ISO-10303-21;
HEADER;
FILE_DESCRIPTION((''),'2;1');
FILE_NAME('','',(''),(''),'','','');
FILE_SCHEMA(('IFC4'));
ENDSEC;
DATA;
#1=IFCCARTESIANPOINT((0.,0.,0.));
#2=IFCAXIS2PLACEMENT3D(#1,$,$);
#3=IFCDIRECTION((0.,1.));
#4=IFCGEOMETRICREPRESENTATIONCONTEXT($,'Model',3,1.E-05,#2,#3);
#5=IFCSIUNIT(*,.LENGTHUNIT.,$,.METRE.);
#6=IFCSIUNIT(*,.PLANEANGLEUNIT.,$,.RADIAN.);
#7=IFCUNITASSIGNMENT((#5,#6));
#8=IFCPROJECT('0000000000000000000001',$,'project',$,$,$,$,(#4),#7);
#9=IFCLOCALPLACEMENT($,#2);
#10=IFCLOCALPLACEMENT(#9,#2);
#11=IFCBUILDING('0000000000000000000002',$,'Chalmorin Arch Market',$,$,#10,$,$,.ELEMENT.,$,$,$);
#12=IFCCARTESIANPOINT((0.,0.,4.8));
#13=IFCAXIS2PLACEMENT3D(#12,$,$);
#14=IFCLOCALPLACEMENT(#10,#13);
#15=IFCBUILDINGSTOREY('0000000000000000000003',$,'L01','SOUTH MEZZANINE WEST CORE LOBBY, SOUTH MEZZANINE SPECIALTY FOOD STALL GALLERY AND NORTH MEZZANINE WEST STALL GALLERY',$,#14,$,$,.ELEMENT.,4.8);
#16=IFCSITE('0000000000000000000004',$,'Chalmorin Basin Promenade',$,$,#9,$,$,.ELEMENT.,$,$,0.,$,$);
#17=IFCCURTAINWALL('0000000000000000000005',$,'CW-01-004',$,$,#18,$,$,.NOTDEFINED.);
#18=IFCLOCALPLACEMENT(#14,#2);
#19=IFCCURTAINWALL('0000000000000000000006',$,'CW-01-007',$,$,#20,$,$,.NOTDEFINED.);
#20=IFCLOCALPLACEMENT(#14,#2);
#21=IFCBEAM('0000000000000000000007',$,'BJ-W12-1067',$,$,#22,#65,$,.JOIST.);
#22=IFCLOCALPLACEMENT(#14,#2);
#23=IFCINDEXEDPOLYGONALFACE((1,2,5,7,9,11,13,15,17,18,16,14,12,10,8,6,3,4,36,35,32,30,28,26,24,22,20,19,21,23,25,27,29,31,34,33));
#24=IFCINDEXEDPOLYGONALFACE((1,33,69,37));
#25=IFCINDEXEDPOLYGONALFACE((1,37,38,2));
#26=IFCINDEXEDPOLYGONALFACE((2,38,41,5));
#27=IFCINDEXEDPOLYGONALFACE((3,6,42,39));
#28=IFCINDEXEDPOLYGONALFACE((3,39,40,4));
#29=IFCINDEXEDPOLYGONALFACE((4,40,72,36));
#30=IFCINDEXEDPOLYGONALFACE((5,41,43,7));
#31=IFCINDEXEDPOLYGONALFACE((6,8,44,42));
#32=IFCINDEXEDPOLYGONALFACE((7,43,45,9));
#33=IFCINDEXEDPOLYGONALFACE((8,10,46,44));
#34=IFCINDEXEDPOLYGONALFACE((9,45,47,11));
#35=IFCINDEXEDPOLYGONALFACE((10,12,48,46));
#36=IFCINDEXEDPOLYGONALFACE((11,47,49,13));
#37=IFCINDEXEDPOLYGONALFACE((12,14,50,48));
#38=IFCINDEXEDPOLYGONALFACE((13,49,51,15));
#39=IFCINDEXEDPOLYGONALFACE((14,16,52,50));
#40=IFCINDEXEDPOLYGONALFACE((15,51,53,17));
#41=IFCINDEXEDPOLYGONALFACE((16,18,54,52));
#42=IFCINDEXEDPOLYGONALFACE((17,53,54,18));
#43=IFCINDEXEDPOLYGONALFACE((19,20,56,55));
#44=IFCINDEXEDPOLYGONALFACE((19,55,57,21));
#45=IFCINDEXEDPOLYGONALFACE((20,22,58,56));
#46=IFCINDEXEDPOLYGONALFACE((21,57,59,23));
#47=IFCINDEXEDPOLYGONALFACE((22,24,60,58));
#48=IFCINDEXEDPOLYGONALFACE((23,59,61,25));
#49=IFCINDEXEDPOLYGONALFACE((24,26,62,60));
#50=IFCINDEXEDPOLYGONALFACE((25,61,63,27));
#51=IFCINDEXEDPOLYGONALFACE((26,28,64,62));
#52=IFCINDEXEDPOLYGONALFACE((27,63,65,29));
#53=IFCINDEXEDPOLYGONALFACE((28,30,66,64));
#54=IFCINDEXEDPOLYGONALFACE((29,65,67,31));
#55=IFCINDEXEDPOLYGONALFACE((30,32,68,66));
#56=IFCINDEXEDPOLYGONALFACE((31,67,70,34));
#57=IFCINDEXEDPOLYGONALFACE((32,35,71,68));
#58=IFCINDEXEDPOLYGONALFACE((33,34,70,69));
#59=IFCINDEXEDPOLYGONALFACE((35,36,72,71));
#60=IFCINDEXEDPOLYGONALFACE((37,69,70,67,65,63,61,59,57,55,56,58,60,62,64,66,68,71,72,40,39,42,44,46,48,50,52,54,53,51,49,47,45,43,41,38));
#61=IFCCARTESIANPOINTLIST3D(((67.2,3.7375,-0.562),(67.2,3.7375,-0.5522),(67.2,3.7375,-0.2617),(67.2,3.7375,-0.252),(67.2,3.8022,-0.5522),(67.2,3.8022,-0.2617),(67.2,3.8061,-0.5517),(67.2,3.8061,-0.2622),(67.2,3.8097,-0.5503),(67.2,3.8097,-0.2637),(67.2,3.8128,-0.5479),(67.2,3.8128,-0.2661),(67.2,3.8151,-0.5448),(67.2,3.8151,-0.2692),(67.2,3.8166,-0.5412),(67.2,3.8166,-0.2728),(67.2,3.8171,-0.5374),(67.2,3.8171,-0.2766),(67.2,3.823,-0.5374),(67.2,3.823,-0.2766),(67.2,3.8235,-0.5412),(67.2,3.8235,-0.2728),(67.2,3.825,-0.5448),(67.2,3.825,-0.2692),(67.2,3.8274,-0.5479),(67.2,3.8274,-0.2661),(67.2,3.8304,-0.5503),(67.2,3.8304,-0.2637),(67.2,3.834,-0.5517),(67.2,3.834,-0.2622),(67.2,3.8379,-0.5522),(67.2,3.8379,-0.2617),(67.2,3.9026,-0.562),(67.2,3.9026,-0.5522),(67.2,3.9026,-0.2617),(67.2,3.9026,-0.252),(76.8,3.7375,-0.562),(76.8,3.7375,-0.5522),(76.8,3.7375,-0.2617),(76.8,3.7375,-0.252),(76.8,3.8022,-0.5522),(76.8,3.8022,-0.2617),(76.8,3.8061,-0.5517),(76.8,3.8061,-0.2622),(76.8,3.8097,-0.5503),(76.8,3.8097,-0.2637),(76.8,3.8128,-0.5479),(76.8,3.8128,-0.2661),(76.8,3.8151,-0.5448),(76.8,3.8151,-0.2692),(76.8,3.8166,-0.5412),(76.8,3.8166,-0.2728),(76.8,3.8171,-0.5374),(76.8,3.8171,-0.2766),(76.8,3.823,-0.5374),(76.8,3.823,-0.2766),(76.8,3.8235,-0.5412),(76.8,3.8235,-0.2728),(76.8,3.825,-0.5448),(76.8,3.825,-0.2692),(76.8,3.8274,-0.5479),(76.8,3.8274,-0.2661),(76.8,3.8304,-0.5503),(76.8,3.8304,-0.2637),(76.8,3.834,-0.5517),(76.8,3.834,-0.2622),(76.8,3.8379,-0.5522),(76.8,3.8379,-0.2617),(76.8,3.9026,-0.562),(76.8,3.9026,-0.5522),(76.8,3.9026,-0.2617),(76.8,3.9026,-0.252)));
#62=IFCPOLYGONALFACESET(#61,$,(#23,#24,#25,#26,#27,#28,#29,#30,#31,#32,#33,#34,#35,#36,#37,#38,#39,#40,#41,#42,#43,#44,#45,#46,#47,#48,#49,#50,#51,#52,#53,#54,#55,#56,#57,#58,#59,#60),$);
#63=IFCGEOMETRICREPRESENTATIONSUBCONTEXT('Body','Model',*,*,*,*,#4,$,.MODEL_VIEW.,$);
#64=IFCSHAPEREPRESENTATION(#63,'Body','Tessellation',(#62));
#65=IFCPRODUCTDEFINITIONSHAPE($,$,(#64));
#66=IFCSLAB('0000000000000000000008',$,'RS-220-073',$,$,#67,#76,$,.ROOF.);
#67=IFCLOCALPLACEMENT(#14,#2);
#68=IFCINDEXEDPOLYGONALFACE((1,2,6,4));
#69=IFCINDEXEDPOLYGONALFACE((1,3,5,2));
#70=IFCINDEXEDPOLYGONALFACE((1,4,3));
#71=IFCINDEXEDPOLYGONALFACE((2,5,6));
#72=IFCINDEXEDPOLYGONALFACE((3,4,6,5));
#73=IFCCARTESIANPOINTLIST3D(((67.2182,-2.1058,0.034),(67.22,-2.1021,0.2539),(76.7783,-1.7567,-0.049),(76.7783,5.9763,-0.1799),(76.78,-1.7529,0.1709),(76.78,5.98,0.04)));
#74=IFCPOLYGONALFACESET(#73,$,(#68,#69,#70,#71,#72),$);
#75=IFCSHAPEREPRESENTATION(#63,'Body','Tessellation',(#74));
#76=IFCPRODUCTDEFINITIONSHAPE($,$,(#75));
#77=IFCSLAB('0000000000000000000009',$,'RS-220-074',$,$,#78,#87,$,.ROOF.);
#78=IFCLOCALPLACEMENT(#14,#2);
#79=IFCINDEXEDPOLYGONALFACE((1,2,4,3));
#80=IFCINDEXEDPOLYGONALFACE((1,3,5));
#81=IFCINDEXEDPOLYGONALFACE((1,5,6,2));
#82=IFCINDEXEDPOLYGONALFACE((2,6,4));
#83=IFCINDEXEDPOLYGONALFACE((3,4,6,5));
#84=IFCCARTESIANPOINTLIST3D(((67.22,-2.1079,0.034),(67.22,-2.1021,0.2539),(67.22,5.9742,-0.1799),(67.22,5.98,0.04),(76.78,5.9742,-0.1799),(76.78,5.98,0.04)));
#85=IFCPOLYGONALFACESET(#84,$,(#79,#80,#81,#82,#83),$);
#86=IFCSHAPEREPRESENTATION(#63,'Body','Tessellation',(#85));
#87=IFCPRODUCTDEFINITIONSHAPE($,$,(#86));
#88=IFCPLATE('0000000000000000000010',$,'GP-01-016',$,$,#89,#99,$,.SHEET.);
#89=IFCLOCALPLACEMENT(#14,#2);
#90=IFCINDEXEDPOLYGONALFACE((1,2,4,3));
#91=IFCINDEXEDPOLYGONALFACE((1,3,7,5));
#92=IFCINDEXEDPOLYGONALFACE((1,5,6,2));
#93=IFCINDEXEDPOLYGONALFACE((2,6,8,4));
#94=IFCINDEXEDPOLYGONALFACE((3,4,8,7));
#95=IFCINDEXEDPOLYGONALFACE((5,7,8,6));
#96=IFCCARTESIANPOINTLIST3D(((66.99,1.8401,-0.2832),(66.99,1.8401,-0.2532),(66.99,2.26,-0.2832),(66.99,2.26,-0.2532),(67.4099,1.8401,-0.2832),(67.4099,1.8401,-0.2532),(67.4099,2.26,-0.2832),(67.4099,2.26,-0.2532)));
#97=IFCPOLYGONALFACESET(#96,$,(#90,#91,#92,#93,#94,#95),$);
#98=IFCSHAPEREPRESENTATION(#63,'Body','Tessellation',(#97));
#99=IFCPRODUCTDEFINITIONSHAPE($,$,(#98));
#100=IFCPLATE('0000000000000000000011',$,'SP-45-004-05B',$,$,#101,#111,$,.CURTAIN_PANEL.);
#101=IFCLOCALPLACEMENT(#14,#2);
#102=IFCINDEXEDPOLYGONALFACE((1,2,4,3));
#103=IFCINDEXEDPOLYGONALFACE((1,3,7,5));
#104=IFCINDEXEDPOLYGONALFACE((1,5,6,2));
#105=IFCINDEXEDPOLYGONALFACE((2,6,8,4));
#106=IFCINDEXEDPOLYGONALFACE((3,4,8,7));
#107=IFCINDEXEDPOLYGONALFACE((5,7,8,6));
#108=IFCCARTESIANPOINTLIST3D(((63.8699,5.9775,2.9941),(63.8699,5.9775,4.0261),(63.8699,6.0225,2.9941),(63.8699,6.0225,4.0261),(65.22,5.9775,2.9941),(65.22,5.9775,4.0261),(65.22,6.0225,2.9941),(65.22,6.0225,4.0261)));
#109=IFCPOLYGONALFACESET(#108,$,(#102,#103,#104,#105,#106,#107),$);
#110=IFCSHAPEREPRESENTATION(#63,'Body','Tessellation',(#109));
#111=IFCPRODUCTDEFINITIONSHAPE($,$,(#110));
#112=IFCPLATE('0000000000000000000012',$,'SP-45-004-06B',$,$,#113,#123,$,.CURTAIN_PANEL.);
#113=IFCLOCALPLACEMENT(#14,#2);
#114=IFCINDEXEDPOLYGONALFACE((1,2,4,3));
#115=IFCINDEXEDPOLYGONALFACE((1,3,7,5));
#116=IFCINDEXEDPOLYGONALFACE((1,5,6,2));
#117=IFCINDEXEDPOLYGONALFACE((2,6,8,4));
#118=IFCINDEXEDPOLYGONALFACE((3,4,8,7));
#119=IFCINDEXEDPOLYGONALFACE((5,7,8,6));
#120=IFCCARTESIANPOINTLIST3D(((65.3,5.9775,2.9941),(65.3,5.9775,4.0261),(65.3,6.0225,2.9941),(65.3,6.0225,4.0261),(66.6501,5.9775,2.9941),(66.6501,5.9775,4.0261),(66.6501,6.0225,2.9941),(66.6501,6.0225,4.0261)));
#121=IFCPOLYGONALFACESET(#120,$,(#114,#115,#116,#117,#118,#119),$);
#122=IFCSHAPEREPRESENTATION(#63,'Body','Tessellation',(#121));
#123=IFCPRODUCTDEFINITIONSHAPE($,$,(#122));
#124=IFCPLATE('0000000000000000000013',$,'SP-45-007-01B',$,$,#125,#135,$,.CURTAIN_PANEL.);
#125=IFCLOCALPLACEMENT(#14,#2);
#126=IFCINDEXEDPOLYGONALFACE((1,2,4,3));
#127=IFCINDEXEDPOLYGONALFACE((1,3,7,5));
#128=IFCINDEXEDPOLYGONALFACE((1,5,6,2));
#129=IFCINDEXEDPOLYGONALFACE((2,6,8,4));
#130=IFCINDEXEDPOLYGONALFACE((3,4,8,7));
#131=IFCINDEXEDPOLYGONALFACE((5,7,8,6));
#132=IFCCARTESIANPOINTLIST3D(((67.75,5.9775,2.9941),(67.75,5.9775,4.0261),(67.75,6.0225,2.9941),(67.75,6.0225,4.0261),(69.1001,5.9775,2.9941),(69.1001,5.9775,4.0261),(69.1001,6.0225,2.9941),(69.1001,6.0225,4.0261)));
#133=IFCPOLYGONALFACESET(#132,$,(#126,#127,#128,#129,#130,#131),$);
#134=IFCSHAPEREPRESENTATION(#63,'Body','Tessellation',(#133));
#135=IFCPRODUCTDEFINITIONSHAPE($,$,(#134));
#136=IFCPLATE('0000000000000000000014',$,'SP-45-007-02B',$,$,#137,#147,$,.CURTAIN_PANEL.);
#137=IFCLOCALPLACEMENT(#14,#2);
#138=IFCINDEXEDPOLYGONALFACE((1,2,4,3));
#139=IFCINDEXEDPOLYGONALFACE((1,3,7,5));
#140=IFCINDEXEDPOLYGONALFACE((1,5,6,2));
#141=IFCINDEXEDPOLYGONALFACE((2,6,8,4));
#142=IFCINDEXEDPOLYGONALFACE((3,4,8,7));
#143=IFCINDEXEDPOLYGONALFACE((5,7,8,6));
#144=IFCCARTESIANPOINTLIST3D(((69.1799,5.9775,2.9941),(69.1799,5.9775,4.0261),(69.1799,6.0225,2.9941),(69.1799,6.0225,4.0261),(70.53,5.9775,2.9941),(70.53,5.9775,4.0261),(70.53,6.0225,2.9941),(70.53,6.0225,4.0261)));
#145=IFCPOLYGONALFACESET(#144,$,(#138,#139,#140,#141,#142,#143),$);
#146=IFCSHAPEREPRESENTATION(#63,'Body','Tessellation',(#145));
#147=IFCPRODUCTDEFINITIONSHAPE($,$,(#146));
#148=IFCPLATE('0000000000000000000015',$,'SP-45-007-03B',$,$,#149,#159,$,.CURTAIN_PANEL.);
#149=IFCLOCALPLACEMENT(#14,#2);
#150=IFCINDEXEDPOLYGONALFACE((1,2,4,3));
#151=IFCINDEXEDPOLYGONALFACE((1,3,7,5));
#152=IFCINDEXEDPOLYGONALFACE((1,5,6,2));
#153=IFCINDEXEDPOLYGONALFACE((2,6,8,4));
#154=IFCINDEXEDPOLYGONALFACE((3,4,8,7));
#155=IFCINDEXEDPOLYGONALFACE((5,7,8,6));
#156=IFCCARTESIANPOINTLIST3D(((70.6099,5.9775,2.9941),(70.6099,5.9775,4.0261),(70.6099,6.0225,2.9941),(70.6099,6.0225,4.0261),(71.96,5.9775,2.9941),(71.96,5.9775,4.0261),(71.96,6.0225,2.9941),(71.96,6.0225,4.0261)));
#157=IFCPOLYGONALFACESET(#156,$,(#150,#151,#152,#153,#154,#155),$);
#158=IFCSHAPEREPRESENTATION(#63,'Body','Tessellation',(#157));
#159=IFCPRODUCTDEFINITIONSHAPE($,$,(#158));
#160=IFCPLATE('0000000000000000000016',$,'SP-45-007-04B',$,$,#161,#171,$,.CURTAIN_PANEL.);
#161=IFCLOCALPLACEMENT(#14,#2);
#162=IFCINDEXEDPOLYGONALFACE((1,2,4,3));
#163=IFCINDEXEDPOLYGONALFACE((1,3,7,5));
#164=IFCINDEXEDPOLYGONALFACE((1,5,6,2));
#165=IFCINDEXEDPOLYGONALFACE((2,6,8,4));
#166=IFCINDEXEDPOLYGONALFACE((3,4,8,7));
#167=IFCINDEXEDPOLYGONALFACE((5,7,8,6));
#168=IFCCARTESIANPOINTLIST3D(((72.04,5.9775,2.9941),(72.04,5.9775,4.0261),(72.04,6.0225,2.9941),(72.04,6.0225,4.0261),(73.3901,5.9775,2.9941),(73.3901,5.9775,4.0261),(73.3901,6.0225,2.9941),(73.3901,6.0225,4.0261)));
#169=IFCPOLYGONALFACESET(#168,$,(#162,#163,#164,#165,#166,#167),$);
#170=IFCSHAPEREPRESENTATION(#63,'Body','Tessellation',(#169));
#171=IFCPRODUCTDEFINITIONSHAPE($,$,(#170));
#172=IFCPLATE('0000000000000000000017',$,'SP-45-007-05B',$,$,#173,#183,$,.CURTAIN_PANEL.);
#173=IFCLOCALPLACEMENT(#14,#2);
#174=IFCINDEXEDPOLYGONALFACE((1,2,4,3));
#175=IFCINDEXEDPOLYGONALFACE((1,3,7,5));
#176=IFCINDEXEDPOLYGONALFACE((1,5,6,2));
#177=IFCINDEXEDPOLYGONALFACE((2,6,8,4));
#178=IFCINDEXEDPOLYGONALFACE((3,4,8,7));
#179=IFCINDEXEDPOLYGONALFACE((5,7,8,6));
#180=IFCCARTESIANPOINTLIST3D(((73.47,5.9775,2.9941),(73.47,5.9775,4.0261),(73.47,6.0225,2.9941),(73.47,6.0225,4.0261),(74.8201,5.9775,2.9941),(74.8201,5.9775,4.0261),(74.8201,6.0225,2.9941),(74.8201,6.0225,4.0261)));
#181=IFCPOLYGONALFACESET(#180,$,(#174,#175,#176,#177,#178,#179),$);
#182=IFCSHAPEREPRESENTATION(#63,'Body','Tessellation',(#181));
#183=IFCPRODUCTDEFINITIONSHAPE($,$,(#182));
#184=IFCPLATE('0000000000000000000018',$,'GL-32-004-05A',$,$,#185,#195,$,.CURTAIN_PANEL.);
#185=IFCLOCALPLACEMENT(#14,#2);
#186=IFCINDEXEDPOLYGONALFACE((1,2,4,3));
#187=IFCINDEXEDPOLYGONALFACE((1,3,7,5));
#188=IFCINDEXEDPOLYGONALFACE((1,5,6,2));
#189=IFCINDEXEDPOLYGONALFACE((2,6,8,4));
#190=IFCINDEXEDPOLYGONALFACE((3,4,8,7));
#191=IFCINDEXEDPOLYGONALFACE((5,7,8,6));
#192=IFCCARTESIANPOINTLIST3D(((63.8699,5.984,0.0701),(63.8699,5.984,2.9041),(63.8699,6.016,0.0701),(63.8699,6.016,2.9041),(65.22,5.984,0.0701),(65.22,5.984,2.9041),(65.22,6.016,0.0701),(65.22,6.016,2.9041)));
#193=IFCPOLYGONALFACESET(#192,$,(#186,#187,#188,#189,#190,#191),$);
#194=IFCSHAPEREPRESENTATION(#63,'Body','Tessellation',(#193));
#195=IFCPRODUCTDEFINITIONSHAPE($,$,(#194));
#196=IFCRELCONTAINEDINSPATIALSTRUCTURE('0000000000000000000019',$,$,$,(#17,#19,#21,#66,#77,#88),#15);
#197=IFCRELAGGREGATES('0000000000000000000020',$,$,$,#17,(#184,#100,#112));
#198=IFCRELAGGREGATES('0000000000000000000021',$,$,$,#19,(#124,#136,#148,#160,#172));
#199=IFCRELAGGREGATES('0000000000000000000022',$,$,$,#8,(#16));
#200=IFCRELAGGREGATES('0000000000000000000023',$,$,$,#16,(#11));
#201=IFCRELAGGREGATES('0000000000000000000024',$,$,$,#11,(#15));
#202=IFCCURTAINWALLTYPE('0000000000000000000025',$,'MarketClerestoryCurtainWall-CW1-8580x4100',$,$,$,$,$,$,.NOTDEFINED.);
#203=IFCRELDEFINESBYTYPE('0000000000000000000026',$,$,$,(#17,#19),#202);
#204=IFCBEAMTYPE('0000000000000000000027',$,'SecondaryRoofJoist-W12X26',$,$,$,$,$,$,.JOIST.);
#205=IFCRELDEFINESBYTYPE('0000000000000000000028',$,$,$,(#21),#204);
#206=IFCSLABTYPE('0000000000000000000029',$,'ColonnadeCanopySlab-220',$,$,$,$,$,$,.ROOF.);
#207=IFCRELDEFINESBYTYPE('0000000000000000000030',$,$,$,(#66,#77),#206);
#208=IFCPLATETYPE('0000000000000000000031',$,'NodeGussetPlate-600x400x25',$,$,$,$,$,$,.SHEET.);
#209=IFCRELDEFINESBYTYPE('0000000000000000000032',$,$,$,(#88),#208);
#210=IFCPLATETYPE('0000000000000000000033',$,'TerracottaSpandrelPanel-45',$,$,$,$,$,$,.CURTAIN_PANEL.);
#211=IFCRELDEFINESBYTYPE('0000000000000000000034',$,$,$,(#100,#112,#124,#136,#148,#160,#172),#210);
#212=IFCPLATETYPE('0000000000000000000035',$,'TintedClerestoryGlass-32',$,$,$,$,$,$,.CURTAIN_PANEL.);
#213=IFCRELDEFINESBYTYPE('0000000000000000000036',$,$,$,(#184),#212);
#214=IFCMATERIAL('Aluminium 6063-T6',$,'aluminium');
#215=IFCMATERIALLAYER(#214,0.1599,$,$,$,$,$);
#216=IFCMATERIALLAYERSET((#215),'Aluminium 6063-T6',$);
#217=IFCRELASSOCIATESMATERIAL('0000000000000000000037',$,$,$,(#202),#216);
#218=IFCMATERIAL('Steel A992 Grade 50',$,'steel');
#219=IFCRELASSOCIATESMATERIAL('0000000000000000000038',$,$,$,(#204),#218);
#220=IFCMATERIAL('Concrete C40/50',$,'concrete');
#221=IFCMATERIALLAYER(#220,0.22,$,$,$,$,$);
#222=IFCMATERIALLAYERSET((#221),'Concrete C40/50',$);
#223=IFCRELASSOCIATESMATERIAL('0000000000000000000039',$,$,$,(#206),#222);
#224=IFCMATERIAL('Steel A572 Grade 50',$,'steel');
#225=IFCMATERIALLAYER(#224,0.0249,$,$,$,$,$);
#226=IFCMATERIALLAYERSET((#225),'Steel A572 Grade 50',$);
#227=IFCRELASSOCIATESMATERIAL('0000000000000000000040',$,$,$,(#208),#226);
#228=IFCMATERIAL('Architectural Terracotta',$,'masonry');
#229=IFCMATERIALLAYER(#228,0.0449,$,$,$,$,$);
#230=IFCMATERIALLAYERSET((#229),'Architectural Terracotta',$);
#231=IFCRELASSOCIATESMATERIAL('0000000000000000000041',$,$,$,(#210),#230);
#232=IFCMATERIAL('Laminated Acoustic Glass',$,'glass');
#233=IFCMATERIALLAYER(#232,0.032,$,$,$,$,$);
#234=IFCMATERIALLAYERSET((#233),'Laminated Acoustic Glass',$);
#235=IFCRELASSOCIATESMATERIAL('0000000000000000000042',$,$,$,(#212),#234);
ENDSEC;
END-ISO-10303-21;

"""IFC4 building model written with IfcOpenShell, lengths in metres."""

from ifc_helpers import new_model, si_unit, direction, frame, origin, origin_2d, place, context, subcontext, project, spatial, polyline, rectangle, i_section, outline, extrude, material, layer, layer_set, material_profile, profile_set, type_object, element, aggregate, save


model = new_model("IFC4")

# Units and contexts
model_context = context("Model", 3, precision=1e-05, world=origin(), true_north=direction((0.0, 1.0)))
body_context = subcontext(model_context, "Body", "Model", "MODEL_VIEW")
ifc_project = project(units=[si_unit("LENGTHUNIT", "METRE"), si_unit("PLANEANGLEUNIT", "RADIAN")], contexts=[model_context])

# Site, building, storey
site_placement = place(None, origin())
site = spatial("IfcSite", under=ifc_project, at=site_placement, Name="Chalmorin Basin Promenade", CompositionType="ELEMENT", RefElevation=0.0)
building_placement = place(site_placement, origin())
building = spatial("IfcBuilding", under=site, at=building_placement, Name="Chalmorin Arch Market", CompositionType="ELEMENT")
storey_placement = place(building_placement, frame((0.0, 0.0, 4.8)))
storey = spatial("IfcBuildingStorey", under=building, at=storey_placement, Name="L01", Description="SOUTH MEZZANINE WEST CORE LOBBY, SOUTH MEZZANINE SPECIALTY FOOD STALL GALLERY AND NORTH MEZZANINE WEST STALL GALLERY", CompositionType="ELEMENT", Elevation=4.8)

# Curtain walls
ifc_material_1 = material(Name="Aluminium 6063-T6", Category="aluminium")
ifc_layer_1 = layer(ifc_material_1, 0.1599)
ifc_layer_set_1 = layer_set([ifc_layer_1], Name="Aluminium 6063-T6")
curtain_wall_type = type_object("IfcCurtainWallType", Name="MarketClerestoryCurtainWall-CW1-8580x4100", PredefinedType="NOTDEFINED", material=ifc_layer_set_1)
curtain_wall_1_placement = place(storey_placement, origin())
curtain_wall_1 = element("IfcCurtainWall", 1, at=curtain_wall_1_placement, inside=storey, type_object=curtain_wall_type, Name="CW-01-004", PredefinedType="NOTDEFINED")
curtain_wall_2_placement = place(storey_placement, origin())
curtain_wall_2 = element("IfcCurtainWall", 2, at=curtain_wall_2_placement, inside=storey, type_object=curtain_wall_type, Name="CW-01-007", PredefinedType="NOTDEFINED")

# Beam
ifc_material_2 = material(Name="Steel A992 Grade 50", Category="steel")
ifc_material_profile_1 = material_profile(ifc_material_2, i_section(OverallWidth=0.165, OverallDepth=0.3101, WebThickness=0.0059, FlangeThickness=0.0098, FilletRadius=0.0149, at=origin_2d()), Name="W12X26")
ifc_profile_set_1 = profile_set([ifc_material_profile_1], Name="Steel A992 Grade 50")
beam_type_1 = type_object("IfcBeamType", Name="SecondaryRoofJoist-W12X26", PredefinedType="JOIST", material=ifc_profile_set_1)
for number, where, z_axis, x_axis, name in (
    (3, (67.2, 3.8201, -0.407), (1.0, 0.0, 0.0), (0.0, 1.0, 0.0), "BJ-W12-1067"),
):
    element("IfcBeam", number, at=place(storey_placement, frame(where, z_axis=z_axis, x_axis=x_axis)), inside=storey, type_object=beam_type_1, Name=name, PredefinedType="JOIST", context=body_context, shape_type="SweptSolid", body=[
        extrude(i_section(OverallWidth=0.165, OverallDepth=0.3101, WebThickness=0.0059, FlangeThickness=0.0098, FilletRadius=0.0149, at=origin_2d()), origin(), (0.0, 0.0, 1.0), 9.6001),
    ])

# Slabs
ifc_material_3 = material(Name="Concrete C40/50", Category="concrete")
ifc_layer_2 = layer(ifc_material_3, 0.22)
ifc_layer_set_2 = layer_set([ifc_layer_2], Name="Concrete C40/50")
slab_type = type_object("IfcSlabType", Name="ColonnadeCanopySlab-220", PredefinedType="ROOF", material=ifc_layer_set_2)
slab_1_placement = place(storey_placement, frame((67.22, -2.1021, 0.2539), z_axis=(0.008063, 0.016919, 0.999824), x_axis=(0.999296, 0.036493, -0.008677)))
element("IfcSlab", 4, at=slab_1_placement, inside=storey, type_object=slab_type, Name="RS-220-073", PredefinedType="ROOF", context=body_context, shape_type="SweptSolid", body=[
    extrude(outline(polyline([(0.0, 0.0), (9.5668, 0.0), (9.8501, 7.7288), (0.0, 0.0)])), origin(), (0.0, 0.0, -1.0), 0.22),
])
slab_2_placement = place(storey_placement, frame((67.22, -2.1021, 0.2539), z_axis=(0.0, 0.026453, 0.99965), x_axis=(0.76356, 0.645511, -0.017082)))
element("IfcSlab", 5, at=slab_2_placement, inside=storey, type_object=slab_type, Name="RS-220-074", PredefinedType="ROOF", context=body_context, shape_type="SweptSolid", body=[
    extrude(outline(polyline([(0.0, 0.0), (12.5204, 0.0), (5.2207, 6.1733), (0.0, 0.0)])), origin(), (0.0, 0.0, -1.0), 0.22),
])

# Plates
ifc_material_4 = material(Name="Steel A572 Grade 50", Category="steel")
ifc_layer_3 = layer(ifc_material_4, 0.0249)
ifc_layer_set_3 = layer_set([ifc_layer_3], Name="Steel A572 Grade 50")
plate_type_1 = type_object("IfcPlateType", Name="NodeGussetPlate-600x400x25", PredefinedType="SHEET", material=ifc_layer_set_3)
plate_1_placement = place(storey_placement, frame((67.2, 2.05, -0.2832), z_axis=(0.0, 0.0, 1.0), x_axis=(1.0, 0.0, 0.0)))
element("IfcPlate", 6, at=plate_1_placement, inside=storey, type_object=plate_type_1, Name="GP-01-016", PredefinedType="SHEET", context=body_context, shape_type="SweptSolid", body=[
    extrude(rectangle(XDim=0.4199, YDim=0.4199, at=origin_2d()), origin(), (0.0, 0.0, 1.0), 0.03),
])
ifc_material_5 = material(Name="Architectural Terracotta", Category="masonry")
ifc_layer_4 = layer(ifc_material_5, 0.0449)
ifc_layer_set_4 = layer_set([ifc_layer_4], Name="Architectural Terracotta")
plate_type_2 = type_object("IfcPlateType", Name="TerracottaSpandrelPanel-45", PredefinedType="CURTAIN_PANEL", material=ifc_layer_set_4)
plate_2_placement = place(storey_placement, frame((64.5449, 6.0, 2.9941), z_axis=(0.0, 0.0, 1.0), x_axis=(1.0, 0.0, 0.0)))
plate_2 = element("IfcPlate", 7, at=plate_2_placement, type_object=plate_type_2, Name="SP-45-004-05B", PredefinedType="CURTAIN_PANEL", context=body_context, shape_type="SweptSolid", body=[
    extrude(rectangle(XDim=1.3501, YDim=0.0449, at=origin_2d()), origin(), (0.0, 0.0, 1.0), 1.032),
])
plate_3_placement = place(storey_placement, frame((65.9751, 6.0, 2.9941), z_axis=(0.0, 0.0, 1.0), x_axis=(1.0, 0.0, 0.0)))
plate_3 = element("IfcPlate", 8, at=plate_3_placement, type_object=plate_type_2, Name="SP-45-004-06B", PredefinedType="CURTAIN_PANEL", context=body_context, shape_type="SweptSolid", body=[
    extrude(rectangle(XDim=1.3501, YDim=0.0449, at=origin_2d()), origin(), (0.0, 0.0, 1.0), 1.032),
])
plate_4_placement = place(storey_placement, frame((68.425, 6.0, 2.9941), z_axis=(0.0, 0.0, 1.0), x_axis=(1.0, 0.0, 0.0)))
plate_4 = element("IfcPlate", 9, at=plate_4_placement, type_object=plate_type_2, Name="SP-45-007-01B", PredefinedType="CURTAIN_PANEL", context=body_context, shape_type="SweptSolid", body=[
    extrude(rectangle(XDim=1.3501, YDim=0.0449, at=origin_2d()), origin(), (0.0, 0.0, 1.0), 1.032),
])
plate_5_placement = place(storey_placement, frame((69.855, 6.0, 2.9941), z_axis=(0.0, 0.0, 1.0), x_axis=(1.0, 0.0, 0.0)))
plate_5 = element("IfcPlate", 10, at=plate_5_placement, type_object=plate_type_2, Name="SP-45-007-02B", PredefinedType="CURTAIN_PANEL", context=body_context, shape_type="SweptSolid", body=[
    extrude(rectangle(XDim=1.3501, YDim=0.0449, at=origin_2d()), origin(), (0.0, 0.0, 1.0), 1.032),
])
plate_6_placement = place(storey_placement, frame((71.2849, 6.0, 2.9941), z_axis=(0.0, 0.0, 1.0), x_axis=(1.0, 0.0, 0.0)))
plate_6 = element("IfcPlate", 11, at=plate_6_placement, type_object=plate_type_2, Name="SP-45-007-03B", PredefinedType="CURTAIN_PANEL", context=body_context, shape_type="SweptSolid", body=[
    extrude(rectangle(XDim=1.3501, YDim=0.0449, at=origin_2d()), origin(), (0.0, 0.0, 1.0), 1.032),
])
plate_7_placement = place(storey_placement, frame((72.7151, 6.0, 2.9941), z_axis=(0.0, 0.0, 1.0), x_axis=(1.0, 0.0, 0.0)))
plate_7 = element("IfcPlate", 12, at=plate_7_placement, type_object=plate_type_2, Name="SP-45-007-04B", PredefinedType="CURTAIN_PANEL", context=body_context, shape_type="SweptSolid", body=[
    extrude(rectangle(XDim=1.3501, YDim=0.0449, at=origin_2d()), origin(), (0.0, 0.0, 1.0), 1.032),
])
plate_8_placement = place(storey_placement, frame((74.145, 6.0, 2.9941), z_axis=(0.0, 0.0, 1.0), x_axis=(1.0, 0.0, 0.0)))
plate_8 = element("IfcPlate", 13, at=plate_8_placement, type_object=plate_type_2, Name="SP-45-007-05B", PredefinedType="CURTAIN_PANEL", context=body_context, shape_type="SweptSolid", body=[
    extrude(rectangle(XDim=1.3501, YDim=0.0449, at=origin_2d()), origin(), (0.0, 0.0, 1.0), 1.032),
])
ifc_material_6 = material(Name="Laminated Acoustic Glass", Category="glass")
ifc_layer_5 = layer(ifc_material_6, 0.032)
ifc_layer_set_5 = layer_set([ifc_layer_5], Name="Laminated Acoustic Glass")
plate_type_3 = type_object("IfcPlateType", Name="TintedClerestoryGlass-32", PredefinedType="CURTAIN_PANEL", material=ifc_layer_set_5)
plate_9_placement = place(storey_placement, frame((64.5449, 6.0, 0.0701), z_axis=(0.0, 0.0, 1.0), x_axis=(1.0, 0.0, 0.0)))
plate_9 = element("IfcPlate", 14, at=plate_9_placement, type_object=plate_type_3, Name="GL-32-004-05A", PredefinedType="CURTAIN_PANEL", context=body_context, shape_type="SweptSolid", body=[
    extrude(rectangle(XDim=1.3501, YDim=0.032, at=origin_2d()), origin(), (0.0, 0.0, 1.0), 2.834),
])
aggregate(curtain_wall_1, [plate_9, plate_2, plate_3])
aggregate(curtain_wall_2, [plate_4, plate_5, plate_6, plate_7, plate_8])

save(model, "model.ifc")
